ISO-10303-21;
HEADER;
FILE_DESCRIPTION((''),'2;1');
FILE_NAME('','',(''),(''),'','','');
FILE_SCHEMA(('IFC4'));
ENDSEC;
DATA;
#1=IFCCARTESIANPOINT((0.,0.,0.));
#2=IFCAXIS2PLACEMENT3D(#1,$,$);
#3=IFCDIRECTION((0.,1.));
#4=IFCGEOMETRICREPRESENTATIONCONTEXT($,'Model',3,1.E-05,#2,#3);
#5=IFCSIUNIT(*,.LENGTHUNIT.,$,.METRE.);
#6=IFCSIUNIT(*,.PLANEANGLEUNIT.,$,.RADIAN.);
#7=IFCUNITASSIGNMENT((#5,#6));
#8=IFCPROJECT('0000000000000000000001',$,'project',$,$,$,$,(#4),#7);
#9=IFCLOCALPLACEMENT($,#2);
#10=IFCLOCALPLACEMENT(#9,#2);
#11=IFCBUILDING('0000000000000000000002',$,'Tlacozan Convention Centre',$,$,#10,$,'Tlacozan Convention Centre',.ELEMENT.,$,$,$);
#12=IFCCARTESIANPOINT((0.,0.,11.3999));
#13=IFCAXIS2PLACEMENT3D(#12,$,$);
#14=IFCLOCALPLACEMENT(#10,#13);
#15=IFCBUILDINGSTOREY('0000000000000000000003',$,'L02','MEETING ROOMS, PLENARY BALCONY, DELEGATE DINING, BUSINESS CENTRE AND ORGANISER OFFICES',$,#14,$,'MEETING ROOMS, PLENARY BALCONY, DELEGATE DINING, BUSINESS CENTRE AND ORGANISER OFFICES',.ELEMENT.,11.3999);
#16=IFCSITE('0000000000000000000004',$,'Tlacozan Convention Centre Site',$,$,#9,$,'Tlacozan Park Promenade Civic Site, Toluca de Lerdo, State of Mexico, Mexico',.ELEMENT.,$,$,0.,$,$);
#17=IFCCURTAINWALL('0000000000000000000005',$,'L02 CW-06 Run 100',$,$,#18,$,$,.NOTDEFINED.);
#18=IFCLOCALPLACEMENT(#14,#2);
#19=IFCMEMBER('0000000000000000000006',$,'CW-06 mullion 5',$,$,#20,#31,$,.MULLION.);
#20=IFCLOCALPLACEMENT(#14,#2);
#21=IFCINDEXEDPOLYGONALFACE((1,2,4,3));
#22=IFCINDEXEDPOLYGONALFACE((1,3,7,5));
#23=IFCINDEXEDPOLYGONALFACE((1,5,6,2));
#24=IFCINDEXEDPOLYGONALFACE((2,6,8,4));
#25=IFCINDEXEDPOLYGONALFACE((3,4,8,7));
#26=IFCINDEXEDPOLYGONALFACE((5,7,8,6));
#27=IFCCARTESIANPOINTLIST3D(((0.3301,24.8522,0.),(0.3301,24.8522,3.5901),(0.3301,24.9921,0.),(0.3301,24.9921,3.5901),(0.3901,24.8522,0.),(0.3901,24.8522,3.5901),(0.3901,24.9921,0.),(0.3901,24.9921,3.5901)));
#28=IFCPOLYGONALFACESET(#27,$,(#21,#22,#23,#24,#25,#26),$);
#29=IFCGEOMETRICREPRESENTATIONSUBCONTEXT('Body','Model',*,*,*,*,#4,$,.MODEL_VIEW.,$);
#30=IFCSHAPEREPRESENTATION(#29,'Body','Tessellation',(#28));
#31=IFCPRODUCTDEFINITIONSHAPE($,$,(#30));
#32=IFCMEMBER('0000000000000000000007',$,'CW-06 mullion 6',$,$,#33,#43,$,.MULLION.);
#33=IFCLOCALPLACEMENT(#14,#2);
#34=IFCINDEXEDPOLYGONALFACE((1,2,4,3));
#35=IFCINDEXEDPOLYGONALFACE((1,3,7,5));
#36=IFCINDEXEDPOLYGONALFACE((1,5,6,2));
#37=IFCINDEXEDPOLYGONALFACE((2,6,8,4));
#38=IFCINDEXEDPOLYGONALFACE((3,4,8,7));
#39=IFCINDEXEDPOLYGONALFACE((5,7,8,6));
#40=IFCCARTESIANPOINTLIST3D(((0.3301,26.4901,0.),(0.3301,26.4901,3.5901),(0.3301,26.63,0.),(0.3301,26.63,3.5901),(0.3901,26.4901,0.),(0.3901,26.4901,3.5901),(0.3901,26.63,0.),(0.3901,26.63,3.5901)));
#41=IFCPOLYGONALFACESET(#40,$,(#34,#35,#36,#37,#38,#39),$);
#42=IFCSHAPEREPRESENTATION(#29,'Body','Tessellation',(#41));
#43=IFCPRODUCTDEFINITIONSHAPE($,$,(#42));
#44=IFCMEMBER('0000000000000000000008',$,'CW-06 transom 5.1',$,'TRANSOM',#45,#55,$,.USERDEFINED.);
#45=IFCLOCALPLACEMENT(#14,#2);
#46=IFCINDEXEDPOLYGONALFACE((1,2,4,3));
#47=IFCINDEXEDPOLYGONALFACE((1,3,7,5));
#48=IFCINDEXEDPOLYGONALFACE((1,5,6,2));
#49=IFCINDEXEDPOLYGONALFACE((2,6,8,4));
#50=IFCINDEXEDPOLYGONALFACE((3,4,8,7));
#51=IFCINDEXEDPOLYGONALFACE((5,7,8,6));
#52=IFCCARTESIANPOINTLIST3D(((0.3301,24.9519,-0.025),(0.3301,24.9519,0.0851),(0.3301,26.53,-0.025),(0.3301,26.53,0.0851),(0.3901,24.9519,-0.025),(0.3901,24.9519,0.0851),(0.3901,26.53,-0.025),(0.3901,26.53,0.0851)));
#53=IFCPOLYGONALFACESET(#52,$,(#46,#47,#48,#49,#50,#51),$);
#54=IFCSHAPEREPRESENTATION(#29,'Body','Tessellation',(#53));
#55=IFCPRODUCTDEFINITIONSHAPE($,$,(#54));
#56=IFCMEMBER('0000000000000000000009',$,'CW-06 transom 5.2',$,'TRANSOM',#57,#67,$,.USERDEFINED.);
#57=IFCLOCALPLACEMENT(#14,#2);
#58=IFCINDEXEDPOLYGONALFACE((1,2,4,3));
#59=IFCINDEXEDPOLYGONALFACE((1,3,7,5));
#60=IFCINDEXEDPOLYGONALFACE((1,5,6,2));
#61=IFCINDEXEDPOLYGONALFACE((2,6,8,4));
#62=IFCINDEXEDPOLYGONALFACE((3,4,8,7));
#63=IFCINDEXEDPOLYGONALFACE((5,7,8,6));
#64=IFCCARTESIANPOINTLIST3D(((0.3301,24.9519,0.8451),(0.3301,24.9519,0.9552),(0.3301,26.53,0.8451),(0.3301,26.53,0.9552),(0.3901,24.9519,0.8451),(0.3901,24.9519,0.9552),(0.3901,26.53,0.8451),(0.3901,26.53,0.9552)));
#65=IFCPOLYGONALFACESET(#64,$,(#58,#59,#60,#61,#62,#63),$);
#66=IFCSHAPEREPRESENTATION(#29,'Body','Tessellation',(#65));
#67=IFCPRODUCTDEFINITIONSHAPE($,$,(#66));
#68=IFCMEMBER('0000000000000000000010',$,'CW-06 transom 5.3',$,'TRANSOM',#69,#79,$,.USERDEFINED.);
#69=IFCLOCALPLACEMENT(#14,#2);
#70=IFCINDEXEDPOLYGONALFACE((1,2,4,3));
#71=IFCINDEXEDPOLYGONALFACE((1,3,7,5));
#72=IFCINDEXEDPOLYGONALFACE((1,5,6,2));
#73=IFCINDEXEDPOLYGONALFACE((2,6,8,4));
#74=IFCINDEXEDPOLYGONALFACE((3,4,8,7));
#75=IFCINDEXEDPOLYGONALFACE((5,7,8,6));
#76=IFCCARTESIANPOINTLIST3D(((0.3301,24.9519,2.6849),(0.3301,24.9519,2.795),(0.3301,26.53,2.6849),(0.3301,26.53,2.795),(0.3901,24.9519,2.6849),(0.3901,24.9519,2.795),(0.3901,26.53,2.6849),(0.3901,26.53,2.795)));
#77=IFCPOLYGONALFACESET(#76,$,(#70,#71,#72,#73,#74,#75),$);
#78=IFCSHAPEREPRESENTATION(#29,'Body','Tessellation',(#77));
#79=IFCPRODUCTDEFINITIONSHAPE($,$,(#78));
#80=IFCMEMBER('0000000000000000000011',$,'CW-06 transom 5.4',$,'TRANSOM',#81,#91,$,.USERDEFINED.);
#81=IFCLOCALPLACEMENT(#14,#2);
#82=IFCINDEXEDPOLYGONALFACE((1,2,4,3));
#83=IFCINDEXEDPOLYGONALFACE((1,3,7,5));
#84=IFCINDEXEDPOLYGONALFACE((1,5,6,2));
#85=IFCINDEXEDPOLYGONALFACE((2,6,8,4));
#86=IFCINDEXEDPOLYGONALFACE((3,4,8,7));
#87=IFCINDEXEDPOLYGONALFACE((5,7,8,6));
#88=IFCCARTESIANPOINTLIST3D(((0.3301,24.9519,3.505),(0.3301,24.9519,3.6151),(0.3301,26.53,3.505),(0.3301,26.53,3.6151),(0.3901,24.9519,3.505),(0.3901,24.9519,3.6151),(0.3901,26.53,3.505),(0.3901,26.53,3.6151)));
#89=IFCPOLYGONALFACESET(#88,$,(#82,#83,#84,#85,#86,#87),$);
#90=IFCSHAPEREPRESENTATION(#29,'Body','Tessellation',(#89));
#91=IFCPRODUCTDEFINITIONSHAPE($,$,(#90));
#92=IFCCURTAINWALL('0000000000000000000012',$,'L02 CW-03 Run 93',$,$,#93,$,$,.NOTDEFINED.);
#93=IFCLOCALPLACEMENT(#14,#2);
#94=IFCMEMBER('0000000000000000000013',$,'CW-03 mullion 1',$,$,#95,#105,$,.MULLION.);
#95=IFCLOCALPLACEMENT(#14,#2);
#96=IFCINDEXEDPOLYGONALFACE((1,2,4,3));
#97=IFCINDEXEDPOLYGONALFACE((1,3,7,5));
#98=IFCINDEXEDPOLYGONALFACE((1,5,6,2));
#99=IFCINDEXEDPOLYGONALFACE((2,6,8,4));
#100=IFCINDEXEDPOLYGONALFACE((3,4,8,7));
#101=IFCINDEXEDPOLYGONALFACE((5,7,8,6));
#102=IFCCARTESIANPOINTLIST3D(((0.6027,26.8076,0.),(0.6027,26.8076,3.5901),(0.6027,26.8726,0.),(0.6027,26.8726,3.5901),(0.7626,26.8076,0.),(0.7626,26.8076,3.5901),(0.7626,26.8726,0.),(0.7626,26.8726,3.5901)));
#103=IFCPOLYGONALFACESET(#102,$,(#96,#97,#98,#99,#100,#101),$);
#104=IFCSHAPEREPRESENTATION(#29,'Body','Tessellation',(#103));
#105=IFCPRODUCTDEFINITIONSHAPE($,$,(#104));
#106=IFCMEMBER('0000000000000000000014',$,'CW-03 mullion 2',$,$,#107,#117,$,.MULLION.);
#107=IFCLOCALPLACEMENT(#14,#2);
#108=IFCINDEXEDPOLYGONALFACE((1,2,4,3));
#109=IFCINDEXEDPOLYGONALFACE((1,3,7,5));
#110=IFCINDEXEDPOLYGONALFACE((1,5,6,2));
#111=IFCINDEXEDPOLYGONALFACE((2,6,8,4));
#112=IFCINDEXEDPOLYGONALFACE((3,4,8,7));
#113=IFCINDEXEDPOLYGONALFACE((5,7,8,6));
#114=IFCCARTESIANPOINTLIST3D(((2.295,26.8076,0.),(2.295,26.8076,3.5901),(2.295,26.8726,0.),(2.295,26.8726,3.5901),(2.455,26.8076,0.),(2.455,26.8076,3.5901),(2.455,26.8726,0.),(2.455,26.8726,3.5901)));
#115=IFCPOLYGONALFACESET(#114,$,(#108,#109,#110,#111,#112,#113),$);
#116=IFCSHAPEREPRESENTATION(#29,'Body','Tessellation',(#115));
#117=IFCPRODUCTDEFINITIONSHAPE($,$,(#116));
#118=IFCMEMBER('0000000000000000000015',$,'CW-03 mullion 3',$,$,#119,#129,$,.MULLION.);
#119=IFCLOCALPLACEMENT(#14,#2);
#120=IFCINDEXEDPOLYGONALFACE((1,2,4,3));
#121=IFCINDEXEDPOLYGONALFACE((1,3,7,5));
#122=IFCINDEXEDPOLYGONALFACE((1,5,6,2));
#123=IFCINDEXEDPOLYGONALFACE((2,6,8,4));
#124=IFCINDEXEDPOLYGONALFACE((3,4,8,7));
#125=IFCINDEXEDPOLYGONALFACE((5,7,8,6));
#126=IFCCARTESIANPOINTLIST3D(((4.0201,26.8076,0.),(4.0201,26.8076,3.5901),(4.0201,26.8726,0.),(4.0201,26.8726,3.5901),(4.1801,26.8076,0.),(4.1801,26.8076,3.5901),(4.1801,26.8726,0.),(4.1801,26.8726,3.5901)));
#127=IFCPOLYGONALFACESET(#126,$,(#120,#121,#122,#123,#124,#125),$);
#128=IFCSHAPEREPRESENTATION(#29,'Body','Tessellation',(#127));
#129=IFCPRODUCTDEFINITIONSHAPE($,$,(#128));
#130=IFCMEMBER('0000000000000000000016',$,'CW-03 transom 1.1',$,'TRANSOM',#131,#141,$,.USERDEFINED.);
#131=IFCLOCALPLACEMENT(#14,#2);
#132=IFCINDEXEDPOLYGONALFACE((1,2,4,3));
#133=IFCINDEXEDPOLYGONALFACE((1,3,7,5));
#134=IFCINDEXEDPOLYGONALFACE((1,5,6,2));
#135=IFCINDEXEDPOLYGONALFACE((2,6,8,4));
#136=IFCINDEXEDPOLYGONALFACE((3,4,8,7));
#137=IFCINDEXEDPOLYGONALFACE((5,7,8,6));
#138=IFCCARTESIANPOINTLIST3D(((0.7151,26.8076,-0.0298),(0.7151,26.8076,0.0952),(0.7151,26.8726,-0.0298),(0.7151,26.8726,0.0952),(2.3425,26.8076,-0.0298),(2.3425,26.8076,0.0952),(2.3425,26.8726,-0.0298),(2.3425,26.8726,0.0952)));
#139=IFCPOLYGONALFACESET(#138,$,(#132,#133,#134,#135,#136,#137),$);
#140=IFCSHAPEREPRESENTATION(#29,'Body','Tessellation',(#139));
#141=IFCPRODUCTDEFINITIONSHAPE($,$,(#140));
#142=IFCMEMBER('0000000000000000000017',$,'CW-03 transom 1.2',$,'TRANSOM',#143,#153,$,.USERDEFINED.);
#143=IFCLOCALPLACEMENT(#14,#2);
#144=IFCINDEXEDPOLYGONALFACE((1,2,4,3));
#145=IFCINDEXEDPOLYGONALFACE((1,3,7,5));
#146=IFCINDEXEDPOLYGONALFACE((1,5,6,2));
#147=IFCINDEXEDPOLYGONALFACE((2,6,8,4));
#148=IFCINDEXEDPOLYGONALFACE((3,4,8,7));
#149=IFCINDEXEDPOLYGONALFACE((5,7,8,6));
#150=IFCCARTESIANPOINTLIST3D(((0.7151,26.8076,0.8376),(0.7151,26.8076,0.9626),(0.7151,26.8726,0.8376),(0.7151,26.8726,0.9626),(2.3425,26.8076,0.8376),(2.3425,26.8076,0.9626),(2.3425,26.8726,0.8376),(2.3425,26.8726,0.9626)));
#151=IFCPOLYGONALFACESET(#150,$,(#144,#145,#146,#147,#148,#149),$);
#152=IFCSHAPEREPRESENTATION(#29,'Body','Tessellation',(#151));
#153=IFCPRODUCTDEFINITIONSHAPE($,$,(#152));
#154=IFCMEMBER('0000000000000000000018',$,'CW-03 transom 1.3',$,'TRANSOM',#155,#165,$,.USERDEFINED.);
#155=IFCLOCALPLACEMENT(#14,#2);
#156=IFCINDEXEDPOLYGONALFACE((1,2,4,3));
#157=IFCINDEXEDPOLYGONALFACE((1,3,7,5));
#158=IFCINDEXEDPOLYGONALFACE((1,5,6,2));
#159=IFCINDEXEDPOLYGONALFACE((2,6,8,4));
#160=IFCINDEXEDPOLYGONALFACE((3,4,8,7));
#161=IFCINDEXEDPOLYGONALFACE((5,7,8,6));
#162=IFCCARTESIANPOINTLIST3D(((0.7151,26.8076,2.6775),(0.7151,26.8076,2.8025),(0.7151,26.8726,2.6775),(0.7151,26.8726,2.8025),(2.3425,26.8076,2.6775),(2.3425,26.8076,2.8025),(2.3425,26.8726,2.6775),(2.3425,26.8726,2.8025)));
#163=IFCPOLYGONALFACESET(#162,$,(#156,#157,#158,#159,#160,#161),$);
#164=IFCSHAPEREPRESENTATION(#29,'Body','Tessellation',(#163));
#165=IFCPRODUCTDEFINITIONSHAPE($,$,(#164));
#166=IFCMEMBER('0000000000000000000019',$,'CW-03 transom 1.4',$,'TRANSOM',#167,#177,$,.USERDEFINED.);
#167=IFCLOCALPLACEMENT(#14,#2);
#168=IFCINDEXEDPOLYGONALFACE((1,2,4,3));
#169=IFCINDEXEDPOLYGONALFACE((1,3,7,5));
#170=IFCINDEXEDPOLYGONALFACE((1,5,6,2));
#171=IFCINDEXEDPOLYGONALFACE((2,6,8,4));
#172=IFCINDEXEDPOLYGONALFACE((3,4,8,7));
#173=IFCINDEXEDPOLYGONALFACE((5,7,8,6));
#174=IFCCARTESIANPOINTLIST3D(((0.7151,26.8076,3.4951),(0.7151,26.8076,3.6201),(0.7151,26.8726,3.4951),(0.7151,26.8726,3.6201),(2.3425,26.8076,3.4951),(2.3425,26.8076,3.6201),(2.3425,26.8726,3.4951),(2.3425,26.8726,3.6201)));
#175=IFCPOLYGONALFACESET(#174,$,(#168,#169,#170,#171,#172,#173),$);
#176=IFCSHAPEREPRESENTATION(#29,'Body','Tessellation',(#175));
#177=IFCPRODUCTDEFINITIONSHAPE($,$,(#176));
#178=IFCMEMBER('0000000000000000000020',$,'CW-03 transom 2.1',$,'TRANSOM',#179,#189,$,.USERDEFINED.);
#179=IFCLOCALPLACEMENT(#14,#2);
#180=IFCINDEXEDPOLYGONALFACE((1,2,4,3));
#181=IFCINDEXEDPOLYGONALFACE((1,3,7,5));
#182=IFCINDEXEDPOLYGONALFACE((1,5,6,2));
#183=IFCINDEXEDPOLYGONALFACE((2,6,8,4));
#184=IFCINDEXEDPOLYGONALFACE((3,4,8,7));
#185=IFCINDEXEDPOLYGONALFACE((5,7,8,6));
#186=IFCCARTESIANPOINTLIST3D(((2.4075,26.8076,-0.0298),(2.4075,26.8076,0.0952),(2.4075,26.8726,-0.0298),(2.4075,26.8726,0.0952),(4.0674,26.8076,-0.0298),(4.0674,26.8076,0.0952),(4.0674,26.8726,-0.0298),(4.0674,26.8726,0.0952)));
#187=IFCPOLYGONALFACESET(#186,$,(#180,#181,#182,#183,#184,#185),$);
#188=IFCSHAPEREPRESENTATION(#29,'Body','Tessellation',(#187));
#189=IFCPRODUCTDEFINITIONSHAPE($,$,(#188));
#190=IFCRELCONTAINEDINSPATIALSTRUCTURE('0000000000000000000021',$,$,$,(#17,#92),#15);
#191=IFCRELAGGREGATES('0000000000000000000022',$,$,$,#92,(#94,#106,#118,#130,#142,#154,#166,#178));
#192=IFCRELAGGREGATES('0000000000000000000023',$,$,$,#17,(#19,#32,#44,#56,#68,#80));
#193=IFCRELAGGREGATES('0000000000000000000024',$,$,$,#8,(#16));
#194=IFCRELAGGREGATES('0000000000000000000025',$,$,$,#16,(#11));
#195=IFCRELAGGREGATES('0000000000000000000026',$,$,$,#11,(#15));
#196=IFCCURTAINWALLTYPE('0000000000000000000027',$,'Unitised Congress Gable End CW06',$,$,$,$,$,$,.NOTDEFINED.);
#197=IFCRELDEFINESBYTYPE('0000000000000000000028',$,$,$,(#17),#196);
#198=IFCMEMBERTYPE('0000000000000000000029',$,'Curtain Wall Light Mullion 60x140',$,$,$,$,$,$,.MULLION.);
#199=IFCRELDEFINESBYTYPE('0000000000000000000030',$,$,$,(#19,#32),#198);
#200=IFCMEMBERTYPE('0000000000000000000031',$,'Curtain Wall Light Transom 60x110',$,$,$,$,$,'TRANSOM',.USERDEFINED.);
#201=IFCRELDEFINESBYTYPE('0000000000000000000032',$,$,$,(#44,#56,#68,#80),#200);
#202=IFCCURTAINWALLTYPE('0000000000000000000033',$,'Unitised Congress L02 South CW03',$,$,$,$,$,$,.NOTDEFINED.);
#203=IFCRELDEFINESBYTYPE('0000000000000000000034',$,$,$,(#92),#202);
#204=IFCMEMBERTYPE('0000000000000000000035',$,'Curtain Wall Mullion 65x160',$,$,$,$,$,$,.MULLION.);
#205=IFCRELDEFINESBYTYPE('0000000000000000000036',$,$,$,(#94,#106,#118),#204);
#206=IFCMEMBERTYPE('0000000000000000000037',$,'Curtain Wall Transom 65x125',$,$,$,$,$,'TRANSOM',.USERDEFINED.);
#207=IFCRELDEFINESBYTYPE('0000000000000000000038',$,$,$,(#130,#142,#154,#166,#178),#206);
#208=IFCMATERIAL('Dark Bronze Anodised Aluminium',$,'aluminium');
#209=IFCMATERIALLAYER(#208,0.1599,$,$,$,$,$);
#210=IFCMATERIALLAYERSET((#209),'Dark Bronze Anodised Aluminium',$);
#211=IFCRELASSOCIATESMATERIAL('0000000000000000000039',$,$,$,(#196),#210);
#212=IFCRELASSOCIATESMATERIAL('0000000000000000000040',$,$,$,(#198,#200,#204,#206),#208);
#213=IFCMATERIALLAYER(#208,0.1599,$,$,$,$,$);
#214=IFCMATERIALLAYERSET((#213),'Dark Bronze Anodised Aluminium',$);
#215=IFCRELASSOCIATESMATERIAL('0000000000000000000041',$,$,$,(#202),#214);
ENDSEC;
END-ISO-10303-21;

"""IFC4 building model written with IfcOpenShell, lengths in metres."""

from ifc_helpers import new_model, si_unit, direction, frame, origin, origin_2d, place, context, subcontext, project, spatial, rectangle, extrude, material, layer, layer_set, material_profile, profile_set, type_object, element, aggregate, save


model = new_model("IFC4")

# Units and contexts
model_context = context("Model", 3, precision=1e-05, world=origin(), true_north=direction((0.0, 1.0)))
body_context = subcontext(model_context, "Body", "Model", "MODEL_VIEW")
ifc_project = project(units=[si_unit("LENGTHUNIT", "METRE"), si_unit("PLANEANGLEUNIT", "RADIAN")], contexts=[model_context])

# Site, building, storey
site_placement = place(None, origin())
site = spatial("IfcSite", under=ifc_project, at=site_placement, Name="Tlacozan Convention Centre Site", LongName="Tlacozan Park Promenade Civic Site, Toluca de Lerdo, State of Mexico, Mexico", CompositionType="ELEMENT", RefElevation=0.0)
building_placement = place(site_placement, origin())
building = spatial("IfcBuilding", under=site, at=building_placement, Name="Tlacozan Convention Centre", LongName="Tlacozan Convention Centre", CompositionType="ELEMENT")
storey_placement = place(building_placement, frame((0.0, 0.0, 11.3999)))
storey = spatial("IfcBuildingStorey", under=building, at=storey_placement, Name="L02", Description="MEETING ROOMS, PLENARY BALCONY, DELEGATE DINING, BUSINESS CENTRE AND ORGANISER OFFICES", LongName="MEETING ROOMS, PLENARY BALCONY, DELEGATE DINING, BUSINESS CENTRE AND ORGANISER OFFICES", CompositionType="ELEMENT", Elevation=11.3999)

# Curtain wall, members
ifc_material_1 = material(Name="Dark Bronze Anodised Aluminium", Category="aluminium")
ifc_layer_1 = layer(ifc_material_1, 0.1599)
ifc_layer_set_1 = layer_set([ifc_layer_1], Name="Dark Bronze Anodised Aluminium")
curtain_wall_type_1 = type_object("IfcCurtainWallType", Name="Unitised Congress Gable End CW06", PredefinedType="NOTDEFINED", material=ifc_layer_set_1)
curtain_wall_1_placement = place(storey_placement, origin())
curtain_wall_1 = element("IfcCurtainWall", 1, at=curtain_wall_1_placement, inside=storey, type_object=curtain_wall_type_1, Name="L02 CW-06 Run 100", PredefinedType="NOTDEFINED")
ifc_material_profile_1 = material_profile(ifc_material_1, rectangle(XDim=0.0601, YDim=0.1399, at=origin_2d()), Name="ALU 60x140")
ifc_profile_set_1 = profile_set([ifc_material_profile_1], Name="Dark Bronze Anodised Aluminium")
member_type_1 = type_object("IfcMemberType", Name="Curtain Wall Light Mullion 60x140", PredefinedType="MULLION", material=ifc_profile_set_1)
member_1_placement = place(storey_placement, frame((0.3601, 24.9221, 0.0), z_axis=(0.0, 0.0, 1.0), x_axis=(-1.0, 0.0, 0.0)))
member_1 = element("IfcMember", 2, at=member_1_placement, type_object=member_type_1, Name="CW-06 mullion 5", PredefinedType="MULLION", context=body_context, shape_type="SweptSolid", body=[
    extrude(rectangle(XDim=0.0601, YDim=0.1399, at=origin_2d()), origin(), (0.0, 0.0, 1.0), 3.5901),
])
member_2_placement = place(storey_placement, frame((0.3601, 26.5601, 0.0), z_axis=(0.0, 0.0, 1.0), x_axis=(-1.0, 0.0, 0.0)))
member_2 = element("IfcMember", 3, at=member_2_placement, type_object=member_type_1, Name="CW-06 mullion 6", PredefinedType="MULLION", context=body_context, shape_type="SweptSolid", body=[
    extrude(rectangle(XDim=0.0601, YDim=0.1399, at=origin_2d()), origin(), (0.0, 0.0, 1.0), 3.5901),
])
ifc_material_profile_2 = material_profile(ifc_material_1, rectangle(XDim=0.0601, YDim=0.1101, at=origin_2d()), Name="ALU 60x110")
ifc_profile_set_2 = profile_set([ifc_material_profile_2], Name="Dark Bronze Anodised Aluminium")
member_type_2 = type_object("IfcMemberType", Name="Curtain Wall Light Transom 60x110", ElementType="TRANSOM", PredefinedType="USERDEFINED", material=ifc_profile_set_2)
member_3_placement = place(storey_placement, frame((0.3601, 24.9519, 0.03), z_axis=(0.0, 1.0, 0.0), x_axis=(-1.0, 0.0, 0.0)))
member_3 = element("IfcMember", 4, at=member_3_placement, type_object=member_type_2, Name="CW-06 transom 5.1", ObjectType="TRANSOM", PredefinedType="USERDEFINED", context=body_context, shape_type="SweptSolid", body=[
    extrude(rectangle(XDim=0.0601, YDim=0.1101, at=origin_2d()), origin(), (0.0, 0.0, 1.0), 1.5781),
])
member_4_placement = place(storey_placement, frame((0.3601, 24.9519, 0.9001), z_axis=(0.0, 1.0, 0.0), x_axis=(-1.0, 0.0, 0.0)))
member_4 = element("IfcMember", 5, at=member_4_placement, type_object=member_type_2, Name="CW-06 transom 5.2", ObjectType="TRANSOM", PredefinedType="USERDEFINED", context=body_context, shape_type="SweptSolid", body=[
    extrude(rectangle(XDim=0.0601, YDim=0.1101, at=origin_2d()), origin(), (0.0, 0.0, 1.0), 1.5781),
])
member_5_placement = place(storey_placement, frame((0.3601, 24.9519, 2.74), z_axis=(0.0, 1.0, 0.0), x_axis=(-1.0, 0.0, 0.0)))
member_5 = element("IfcMember", 6, at=member_5_placement, type_object=member_type_2, Name="CW-06 transom 5.3", ObjectType="TRANSOM", PredefinedType="USERDEFINED", context=body_context, shape_type="SweptSolid", body=[
    extrude(rectangle(XDim=0.0601, YDim=0.1101, at=origin_2d()), origin(), (0.0, 0.0, 1.0), 1.5781),
])
member_6_placement = place(storey_placement, frame((0.3601, 24.9519, 3.5601), z_axis=(0.0, 1.0, 0.0), x_axis=(-1.0, 0.0, 0.0)))
member_6 = element("IfcMember", 7, at=member_6_placement, type_object=member_type_2, Name="CW-06 transom 5.4", ObjectType="TRANSOM", PredefinedType="USERDEFINED", context=body_context, shape_type="SweptSolid", body=[
    extrude(rectangle(XDim=0.0601, YDim=0.1101, at=origin_2d()), origin(), (0.0, 0.0, 1.0), 1.5781),
])

# Curtain wall, members
ifc_layer_2 = layer(ifc_material_1, 0.1599)
ifc_layer_set_2 = layer_set([ifc_layer_2], Name="Dark Bronze Anodised Aluminium")
curtain_wall_type_2 = type_object("IfcCurtainWallType", Name="Unitised Congress L02 South CW03", PredefinedType="NOTDEFINED", material=ifc_layer_set_2)
curtain_wall_2_placement = place(storey_placement, origin())
curtain_wall_2 = element("IfcCurtainWall", 8, at=curtain_wall_2_placement, inside=storey, type_object=curtain_wall_type_2, Name="L02 CW-03 Run 93", PredefinedType="NOTDEFINED")
ifc_material_profile_3 = material_profile(ifc_material_1, rectangle(XDim=0.0649, YDim=0.1599, at=origin_2d()), Name="ALU 65x160")
ifc_profile_set_3 = profile_set([ifc_material_profile_3], Name="Dark Bronze Anodised Aluminium")
member_type_3 = type_object("IfcMemberType", Name="Curtain Wall Mullion 65x160", PredefinedType="MULLION", material=ifc_profile_set_3)
member_7_placement = place(storey_placement, frame((0.6826, 26.8401, 0.0), z_axis=(0.0, 0.0, 1.0), x_axis=(0.0, 1.0, 0.0)))
member_7 = element("IfcMember", 9, at=member_7_placement, type_object=member_type_3, Name="CW-03 mullion 1", PredefinedType="MULLION", context=body_context, shape_type="SweptSolid", body=[
    extrude(rectangle(XDim=0.0649, YDim=0.1599, at=origin_2d()), origin(), (0.0, 0.0, 1.0), 3.5901),
])
member_8_placement = place(storey_placement, frame((2.375, 26.8401, 0.0), z_axis=(0.0, 0.0, 1.0), x_axis=(0.0, 1.0, 0.0)))
member_8 = element("IfcMember", 10, at=member_8_placement, type_object=member_type_3, Name="CW-03 mullion 2", PredefinedType="MULLION", context=body_context, shape_type="SweptSolid", body=[
    extrude(rectangle(XDim=0.0649, YDim=0.1599, at=origin_2d()), origin(), (0.0, 0.0, 1.0), 3.5901),
])
member_9_placement = place(storey_placement, frame((4.1001, 26.8401, 0.0), z_axis=(0.0, 0.0, 1.0), x_axis=(0.0, 1.0, 0.0)))
member_9 = element("IfcMember", 11, at=member_9_placement, type_object=member_type_3, Name="CW-03 mullion 3", PredefinedType="MULLION", context=body_context, shape_type="SweptSolid", body=[
    extrude(rectangle(XDim=0.0649, YDim=0.1599, at=origin_2d()), origin(), (0.0, 0.0, 1.0), 3.5901),
])
ifc_material_profile_4 = material_profile(ifc_material_1, rectangle(XDim=0.0649, YDim=0.125, at=origin_2d()), Name="ALU 65x125")
ifc_profile_set_4 = profile_set([ifc_material_profile_4], Name="Dark Bronze Anodised Aluminium")
member_type_4 = type_object("IfcMemberType", Name="Curtain Wall Transom 65x125", ElementType="TRANSOM", PredefinedType="USERDEFINED", material=ifc_profile_set_4)
member_10_placement = place(storey_placement, frame((0.7151, 26.8401, 0.0327), z_axis=(1.0, 0.0, 0.0), x_axis=(0.0, 1.0, 0.0)))
member_10 = element("IfcMember", 12, at=member_10_placement, type_object=member_type_4, Name="CW-03 transom 1.1", ObjectType="TRANSOM", PredefinedType="USERDEFINED", context=body_context, shape_type="SweptSolid", body=[
    extrude(rectangle(XDim=0.0649, YDim=0.125, at=origin_2d()), origin(), (0.0, 0.0, 1.0), 1.6274),
])
member_11_placement = place(storey_placement, frame((0.7151, 26.8401, 0.9001), z_axis=(1.0, 0.0, 0.0), x_axis=(0.0, 1.0, 0.0)))
member_11 = element("IfcMember", 13, at=member_11_placement, type_object=member_type_4, Name="CW-03 transom 1.2", ObjectType="TRANSOM", PredefinedType="USERDEFINED", context=body_context, shape_type="SweptSolid", body=[
    extrude(rectangle(XDim=0.0649, YDim=0.125, at=origin_2d()), origin(), (0.0, 0.0, 1.0), 1.6274),
])
member_12_placement = place(storey_placement, frame((0.7151, 26.8401, 2.74), z_axis=(1.0, 0.0, 0.0), x_axis=(0.0, 1.0, 0.0)))
member_12 = element("IfcMember", 14, at=member_12_placement, type_object=member_type_4, Name="CW-03 transom 1.3", ObjectType="TRANSOM", PredefinedType="USERDEFINED", context=body_context, shape_type="SweptSolid", body=[
    extrude(rectangle(XDim=0.0649, YDim=0.125, at=origin_2d()), origin(), (0.0, 0.0, 1.0), 1.6274),
])
member_13_placement = place(storey_placement, frame((0.7151, 26.8401, 3.5576), z_axis=(1.0, 0.0, 0.0), x_axis=(0.0, 1.0, 0.0)))
member_13 = element("IfcMember", 15, at=member_13_placement, type_object=member_type_4, Name="CW-03 transom 1.4", ObjectType="TRANSOM", PredefinedType="USERDEFINED", context=body_context, shape_type="SweptSolid", body=[
    extrude(rectangle(XDim=0.0649, YDim=0.125, at=origin_2d()), origin(), (0.0, 0.0, 1.0), 1.6274),
])
member_14_placement = place(storey_placement, frame((2.4075, 26.8401, 0.0327), z_axis=(1.0, 0.0, 0.0), x_axis=(0.0, 1.0, 0.0)))
member_14 = element("IfcMember", 16, at=member_14_placement, type_object=member_type_4, Name="CW-03 transom 2.1", ObjectType="TRANSOM", PredefinedType="USERDEFINED", context=body_context, shape_type="SweptSolid", body=[
    extrude(rectangle(XDim=0.0649, YDim=0.125, at=origin_2d()), origin(), (0.0, 0.0, 1.0), 1.6599),
])
aggregate(curtain_wall_2, [member_7, member_8, member_9, member_10, member_11, member_12, member_13, member_14])

aggregate(curtain_wall_1, [member_1, member_2, member_3, member_4, member_5, member_6])

save(model, "model.ifc")
